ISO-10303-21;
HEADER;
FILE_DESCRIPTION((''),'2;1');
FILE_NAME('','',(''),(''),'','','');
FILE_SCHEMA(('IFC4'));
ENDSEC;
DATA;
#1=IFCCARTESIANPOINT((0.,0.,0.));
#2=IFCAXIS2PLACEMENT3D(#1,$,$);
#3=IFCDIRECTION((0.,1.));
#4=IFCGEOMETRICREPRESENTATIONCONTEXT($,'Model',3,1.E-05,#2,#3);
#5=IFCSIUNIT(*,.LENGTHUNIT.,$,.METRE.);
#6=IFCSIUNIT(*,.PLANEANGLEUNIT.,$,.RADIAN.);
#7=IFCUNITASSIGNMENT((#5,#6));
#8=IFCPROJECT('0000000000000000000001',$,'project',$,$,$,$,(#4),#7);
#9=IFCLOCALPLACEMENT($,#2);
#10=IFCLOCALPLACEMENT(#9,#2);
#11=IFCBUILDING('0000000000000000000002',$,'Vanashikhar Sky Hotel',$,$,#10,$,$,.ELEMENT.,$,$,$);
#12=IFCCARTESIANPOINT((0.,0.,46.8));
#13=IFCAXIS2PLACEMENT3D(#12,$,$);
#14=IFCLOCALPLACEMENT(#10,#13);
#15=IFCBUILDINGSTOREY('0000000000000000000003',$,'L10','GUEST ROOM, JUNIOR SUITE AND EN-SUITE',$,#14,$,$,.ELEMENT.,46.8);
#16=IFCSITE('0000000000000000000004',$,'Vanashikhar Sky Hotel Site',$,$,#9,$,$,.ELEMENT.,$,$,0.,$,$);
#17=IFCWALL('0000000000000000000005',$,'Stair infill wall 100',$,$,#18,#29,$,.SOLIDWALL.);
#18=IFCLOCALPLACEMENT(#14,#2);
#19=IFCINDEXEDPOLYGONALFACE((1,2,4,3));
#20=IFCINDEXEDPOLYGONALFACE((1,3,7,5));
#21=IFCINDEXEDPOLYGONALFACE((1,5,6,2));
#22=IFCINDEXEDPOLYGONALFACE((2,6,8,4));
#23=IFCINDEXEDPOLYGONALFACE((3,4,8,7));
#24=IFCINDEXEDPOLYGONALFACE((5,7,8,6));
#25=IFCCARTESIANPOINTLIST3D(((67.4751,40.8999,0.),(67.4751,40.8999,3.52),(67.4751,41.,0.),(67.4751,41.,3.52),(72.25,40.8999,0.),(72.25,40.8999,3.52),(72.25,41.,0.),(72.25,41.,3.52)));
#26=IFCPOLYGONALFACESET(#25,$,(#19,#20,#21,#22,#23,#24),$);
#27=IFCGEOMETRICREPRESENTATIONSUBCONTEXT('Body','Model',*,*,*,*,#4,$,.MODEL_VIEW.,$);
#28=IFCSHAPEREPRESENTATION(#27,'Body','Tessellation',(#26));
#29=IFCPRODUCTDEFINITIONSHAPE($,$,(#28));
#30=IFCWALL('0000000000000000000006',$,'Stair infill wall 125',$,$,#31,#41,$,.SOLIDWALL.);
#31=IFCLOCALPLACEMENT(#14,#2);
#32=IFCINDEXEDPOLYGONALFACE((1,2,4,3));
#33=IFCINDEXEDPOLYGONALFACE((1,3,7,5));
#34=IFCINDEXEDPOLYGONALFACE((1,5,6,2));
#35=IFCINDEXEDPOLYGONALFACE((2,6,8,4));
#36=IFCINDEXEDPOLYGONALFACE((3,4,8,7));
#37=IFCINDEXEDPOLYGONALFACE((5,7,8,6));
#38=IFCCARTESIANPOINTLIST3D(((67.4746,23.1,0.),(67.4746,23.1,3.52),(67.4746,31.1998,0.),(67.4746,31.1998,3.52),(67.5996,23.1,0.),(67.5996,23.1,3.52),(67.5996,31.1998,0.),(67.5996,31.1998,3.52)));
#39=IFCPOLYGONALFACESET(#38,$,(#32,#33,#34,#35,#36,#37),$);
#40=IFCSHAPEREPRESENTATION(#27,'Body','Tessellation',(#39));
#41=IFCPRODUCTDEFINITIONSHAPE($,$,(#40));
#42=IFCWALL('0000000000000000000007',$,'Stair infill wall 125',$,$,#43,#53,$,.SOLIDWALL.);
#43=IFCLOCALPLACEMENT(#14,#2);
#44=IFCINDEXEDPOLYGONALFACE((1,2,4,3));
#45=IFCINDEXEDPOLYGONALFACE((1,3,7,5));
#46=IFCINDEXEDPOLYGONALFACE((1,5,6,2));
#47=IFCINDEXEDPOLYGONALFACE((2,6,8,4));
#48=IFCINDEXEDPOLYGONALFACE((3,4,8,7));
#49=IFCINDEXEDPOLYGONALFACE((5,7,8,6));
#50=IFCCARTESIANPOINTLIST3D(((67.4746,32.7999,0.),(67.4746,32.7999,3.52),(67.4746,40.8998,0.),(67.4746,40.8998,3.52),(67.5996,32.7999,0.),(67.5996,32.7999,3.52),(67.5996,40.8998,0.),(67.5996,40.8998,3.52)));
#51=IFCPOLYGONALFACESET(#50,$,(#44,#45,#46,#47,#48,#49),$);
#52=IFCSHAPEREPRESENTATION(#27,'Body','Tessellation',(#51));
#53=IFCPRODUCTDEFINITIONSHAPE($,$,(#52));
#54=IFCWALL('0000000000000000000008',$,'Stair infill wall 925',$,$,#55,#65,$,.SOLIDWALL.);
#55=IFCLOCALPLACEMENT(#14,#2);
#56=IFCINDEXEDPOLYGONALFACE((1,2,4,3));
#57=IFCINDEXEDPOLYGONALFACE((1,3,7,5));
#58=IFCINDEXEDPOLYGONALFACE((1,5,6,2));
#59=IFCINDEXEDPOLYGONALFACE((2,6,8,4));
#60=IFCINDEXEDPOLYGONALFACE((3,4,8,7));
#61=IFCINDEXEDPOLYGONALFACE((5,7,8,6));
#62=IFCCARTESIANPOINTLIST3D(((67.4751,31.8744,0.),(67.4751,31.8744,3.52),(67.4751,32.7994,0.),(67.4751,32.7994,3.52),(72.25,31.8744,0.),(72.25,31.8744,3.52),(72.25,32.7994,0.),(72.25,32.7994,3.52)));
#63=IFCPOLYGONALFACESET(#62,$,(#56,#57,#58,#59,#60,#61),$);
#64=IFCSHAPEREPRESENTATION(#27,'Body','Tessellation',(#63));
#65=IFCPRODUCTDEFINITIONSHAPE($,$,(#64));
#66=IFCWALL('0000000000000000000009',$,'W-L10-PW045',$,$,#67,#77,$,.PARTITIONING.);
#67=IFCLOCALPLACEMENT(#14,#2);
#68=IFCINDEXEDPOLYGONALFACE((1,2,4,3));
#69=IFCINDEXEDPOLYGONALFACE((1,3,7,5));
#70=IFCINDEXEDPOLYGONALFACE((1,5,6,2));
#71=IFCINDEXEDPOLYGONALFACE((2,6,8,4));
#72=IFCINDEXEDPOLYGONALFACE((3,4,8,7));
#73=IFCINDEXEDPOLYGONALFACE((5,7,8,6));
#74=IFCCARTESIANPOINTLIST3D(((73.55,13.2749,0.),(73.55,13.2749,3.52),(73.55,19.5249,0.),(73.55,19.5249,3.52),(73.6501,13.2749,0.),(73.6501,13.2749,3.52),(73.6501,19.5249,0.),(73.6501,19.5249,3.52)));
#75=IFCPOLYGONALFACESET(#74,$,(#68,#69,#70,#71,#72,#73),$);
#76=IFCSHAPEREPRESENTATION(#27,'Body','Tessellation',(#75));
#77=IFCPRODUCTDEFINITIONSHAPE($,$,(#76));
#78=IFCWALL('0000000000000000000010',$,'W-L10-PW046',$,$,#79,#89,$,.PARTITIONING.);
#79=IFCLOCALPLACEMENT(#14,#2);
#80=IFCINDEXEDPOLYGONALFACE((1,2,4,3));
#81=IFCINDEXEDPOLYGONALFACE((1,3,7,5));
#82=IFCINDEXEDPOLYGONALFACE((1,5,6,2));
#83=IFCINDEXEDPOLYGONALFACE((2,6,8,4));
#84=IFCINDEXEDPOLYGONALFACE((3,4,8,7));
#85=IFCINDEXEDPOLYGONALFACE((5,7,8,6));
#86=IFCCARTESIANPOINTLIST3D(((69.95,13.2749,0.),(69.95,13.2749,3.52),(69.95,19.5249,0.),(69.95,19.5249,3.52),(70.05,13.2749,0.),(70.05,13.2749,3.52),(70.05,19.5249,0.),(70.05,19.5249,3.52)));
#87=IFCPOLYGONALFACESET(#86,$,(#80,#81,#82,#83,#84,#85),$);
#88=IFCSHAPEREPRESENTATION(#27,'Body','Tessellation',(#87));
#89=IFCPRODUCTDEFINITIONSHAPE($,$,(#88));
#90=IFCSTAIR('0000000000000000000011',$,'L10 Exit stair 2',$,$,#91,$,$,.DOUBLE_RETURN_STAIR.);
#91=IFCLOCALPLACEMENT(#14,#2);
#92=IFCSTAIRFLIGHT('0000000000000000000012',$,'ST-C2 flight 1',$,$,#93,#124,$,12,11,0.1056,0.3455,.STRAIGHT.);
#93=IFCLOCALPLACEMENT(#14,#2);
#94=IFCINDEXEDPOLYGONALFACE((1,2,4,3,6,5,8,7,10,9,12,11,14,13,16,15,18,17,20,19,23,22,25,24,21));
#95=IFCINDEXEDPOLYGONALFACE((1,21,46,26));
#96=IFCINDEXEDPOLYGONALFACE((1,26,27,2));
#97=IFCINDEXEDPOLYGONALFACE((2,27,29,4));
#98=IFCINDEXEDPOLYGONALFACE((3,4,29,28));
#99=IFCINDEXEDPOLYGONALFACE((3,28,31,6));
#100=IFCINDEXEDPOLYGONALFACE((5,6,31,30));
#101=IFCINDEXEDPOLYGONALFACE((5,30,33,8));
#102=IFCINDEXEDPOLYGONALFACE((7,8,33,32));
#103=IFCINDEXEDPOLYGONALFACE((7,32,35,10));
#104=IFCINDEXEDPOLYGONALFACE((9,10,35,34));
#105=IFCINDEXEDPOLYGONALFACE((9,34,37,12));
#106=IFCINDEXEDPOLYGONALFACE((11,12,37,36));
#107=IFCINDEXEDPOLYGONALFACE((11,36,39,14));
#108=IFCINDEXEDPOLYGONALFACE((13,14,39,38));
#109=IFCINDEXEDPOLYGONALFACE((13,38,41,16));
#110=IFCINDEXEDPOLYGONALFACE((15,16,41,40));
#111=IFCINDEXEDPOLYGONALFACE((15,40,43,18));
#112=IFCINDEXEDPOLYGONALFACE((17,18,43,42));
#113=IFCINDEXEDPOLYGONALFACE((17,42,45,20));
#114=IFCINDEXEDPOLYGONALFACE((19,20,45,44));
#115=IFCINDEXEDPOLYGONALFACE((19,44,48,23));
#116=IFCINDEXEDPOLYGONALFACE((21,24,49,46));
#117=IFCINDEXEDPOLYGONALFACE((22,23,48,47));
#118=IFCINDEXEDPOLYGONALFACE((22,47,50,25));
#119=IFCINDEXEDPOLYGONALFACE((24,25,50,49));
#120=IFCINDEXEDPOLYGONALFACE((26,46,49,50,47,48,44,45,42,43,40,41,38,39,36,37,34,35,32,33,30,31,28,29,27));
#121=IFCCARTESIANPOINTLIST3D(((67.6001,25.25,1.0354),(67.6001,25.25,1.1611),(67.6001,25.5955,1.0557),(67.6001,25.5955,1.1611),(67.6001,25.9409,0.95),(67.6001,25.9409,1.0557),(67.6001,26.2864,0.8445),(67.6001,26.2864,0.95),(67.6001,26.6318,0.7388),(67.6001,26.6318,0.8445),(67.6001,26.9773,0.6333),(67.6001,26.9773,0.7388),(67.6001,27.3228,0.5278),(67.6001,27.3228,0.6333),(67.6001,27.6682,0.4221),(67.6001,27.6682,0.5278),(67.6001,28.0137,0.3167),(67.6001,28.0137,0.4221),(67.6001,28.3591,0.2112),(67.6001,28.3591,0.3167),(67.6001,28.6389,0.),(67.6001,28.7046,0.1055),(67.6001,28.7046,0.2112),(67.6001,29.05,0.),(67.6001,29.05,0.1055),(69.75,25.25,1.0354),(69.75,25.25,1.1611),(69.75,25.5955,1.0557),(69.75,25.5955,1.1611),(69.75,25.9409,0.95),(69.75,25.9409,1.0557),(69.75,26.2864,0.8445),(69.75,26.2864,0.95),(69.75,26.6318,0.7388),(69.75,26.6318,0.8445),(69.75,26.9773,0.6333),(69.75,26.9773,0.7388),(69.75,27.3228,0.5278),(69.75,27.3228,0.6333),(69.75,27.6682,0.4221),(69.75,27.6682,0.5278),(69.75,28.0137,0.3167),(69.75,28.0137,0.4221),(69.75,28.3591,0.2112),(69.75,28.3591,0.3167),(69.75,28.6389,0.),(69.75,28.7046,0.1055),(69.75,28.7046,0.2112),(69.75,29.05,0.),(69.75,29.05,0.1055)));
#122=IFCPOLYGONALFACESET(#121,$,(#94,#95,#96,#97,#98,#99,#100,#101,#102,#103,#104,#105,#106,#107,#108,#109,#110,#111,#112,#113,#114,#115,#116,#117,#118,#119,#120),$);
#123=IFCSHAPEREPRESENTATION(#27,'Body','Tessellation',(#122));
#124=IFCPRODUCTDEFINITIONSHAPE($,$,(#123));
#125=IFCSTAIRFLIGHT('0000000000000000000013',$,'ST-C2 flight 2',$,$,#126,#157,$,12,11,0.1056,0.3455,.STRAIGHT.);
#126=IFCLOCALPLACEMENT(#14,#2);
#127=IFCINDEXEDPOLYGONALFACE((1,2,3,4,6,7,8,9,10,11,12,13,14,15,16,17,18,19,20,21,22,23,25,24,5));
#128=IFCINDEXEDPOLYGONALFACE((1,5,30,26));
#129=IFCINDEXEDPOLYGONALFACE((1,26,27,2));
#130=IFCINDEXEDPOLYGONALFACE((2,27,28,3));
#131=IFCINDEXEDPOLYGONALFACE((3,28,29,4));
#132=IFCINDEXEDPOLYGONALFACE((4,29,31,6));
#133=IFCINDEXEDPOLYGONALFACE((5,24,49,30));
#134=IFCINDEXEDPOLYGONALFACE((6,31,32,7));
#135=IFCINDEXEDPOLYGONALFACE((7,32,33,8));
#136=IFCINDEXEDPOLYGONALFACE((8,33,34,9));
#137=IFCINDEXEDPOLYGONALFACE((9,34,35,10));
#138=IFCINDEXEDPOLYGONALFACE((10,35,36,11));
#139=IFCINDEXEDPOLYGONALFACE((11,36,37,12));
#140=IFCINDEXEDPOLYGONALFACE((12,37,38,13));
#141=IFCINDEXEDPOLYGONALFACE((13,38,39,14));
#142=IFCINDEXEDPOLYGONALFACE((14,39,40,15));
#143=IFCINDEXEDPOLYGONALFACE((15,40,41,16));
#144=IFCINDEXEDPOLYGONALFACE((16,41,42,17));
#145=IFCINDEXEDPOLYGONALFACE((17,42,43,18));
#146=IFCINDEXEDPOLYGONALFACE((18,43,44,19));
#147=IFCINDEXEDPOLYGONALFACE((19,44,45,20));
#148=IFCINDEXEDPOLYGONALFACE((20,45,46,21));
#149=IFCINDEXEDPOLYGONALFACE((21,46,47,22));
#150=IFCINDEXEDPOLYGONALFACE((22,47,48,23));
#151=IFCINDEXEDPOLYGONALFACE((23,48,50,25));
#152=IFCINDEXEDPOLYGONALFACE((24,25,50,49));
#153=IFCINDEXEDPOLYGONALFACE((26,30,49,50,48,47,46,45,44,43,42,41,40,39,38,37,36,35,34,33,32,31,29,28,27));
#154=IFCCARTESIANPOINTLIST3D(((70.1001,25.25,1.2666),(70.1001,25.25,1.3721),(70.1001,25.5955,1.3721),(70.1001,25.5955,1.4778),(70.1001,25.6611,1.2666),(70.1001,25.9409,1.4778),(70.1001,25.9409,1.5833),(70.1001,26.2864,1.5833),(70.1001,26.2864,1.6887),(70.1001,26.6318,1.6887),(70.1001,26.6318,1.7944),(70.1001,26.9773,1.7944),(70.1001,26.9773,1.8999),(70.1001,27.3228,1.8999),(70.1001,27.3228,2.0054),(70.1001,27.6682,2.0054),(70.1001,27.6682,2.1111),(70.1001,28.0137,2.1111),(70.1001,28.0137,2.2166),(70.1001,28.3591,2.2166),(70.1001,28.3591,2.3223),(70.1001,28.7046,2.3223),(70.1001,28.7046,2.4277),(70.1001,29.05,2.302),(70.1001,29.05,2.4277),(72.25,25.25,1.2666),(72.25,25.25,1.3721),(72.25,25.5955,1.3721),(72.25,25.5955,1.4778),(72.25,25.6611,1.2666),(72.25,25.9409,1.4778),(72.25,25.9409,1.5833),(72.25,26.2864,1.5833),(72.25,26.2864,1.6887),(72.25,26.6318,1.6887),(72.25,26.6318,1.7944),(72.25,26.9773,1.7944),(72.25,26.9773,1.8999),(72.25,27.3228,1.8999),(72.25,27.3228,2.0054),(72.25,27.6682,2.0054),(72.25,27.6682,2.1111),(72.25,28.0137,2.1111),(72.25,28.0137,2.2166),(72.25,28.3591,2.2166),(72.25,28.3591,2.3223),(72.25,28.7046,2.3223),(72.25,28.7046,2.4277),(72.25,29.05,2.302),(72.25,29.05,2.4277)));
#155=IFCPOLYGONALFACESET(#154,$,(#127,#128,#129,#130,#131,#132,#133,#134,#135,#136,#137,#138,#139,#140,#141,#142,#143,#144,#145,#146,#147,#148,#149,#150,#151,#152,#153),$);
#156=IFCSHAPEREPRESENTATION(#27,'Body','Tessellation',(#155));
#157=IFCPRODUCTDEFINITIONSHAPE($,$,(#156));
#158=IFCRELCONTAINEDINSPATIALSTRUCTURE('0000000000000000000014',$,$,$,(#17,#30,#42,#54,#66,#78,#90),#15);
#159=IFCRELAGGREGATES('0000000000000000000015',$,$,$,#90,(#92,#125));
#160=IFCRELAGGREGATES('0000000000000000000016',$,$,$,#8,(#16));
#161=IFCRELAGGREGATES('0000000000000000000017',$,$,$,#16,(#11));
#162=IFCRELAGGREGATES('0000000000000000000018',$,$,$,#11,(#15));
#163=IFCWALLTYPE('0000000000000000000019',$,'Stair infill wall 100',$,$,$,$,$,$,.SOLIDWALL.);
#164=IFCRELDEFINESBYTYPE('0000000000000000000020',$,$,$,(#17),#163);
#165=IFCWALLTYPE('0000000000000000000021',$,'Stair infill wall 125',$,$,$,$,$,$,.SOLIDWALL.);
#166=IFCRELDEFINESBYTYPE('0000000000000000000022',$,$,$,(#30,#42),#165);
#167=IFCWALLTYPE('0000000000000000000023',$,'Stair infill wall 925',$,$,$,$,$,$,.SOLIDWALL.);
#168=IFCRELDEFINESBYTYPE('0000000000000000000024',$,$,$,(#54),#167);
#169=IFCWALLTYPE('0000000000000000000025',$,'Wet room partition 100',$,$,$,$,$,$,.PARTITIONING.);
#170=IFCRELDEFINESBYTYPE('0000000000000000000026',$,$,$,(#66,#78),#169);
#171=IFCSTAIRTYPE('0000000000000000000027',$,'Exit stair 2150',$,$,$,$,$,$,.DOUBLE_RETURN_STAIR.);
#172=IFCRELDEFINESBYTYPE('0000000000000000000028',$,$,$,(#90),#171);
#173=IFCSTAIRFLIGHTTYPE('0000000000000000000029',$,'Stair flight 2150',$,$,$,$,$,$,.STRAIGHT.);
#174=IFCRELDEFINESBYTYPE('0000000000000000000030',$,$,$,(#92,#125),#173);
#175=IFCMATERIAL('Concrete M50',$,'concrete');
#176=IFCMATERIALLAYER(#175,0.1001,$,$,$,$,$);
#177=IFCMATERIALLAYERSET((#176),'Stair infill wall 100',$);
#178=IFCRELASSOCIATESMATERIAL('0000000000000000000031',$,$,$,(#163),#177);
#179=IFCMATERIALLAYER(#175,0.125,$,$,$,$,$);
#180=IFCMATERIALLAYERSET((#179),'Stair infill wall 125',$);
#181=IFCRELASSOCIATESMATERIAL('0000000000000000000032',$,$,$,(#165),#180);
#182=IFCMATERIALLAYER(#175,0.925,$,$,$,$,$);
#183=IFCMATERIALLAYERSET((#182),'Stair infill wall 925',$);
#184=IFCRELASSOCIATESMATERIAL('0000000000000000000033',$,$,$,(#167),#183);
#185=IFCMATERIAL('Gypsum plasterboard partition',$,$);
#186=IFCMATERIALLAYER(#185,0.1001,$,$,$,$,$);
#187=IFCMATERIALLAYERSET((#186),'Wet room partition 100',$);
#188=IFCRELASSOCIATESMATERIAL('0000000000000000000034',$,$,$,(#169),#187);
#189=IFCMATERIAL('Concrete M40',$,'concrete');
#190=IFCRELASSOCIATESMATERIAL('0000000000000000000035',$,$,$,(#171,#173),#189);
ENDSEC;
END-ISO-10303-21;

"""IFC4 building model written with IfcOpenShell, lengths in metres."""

from ifc_helpers import new_model, si_unit, direction, frame, frame_2d, origin, place, context, subcontext, project, spatial, polyline, rectangle, outline, extrude, source, transform, mapped, material, layer, layer_set, type_object, element, aggregate, save


model = new_model("IFC4")

# Units and contexts
model_context = context("Model", 3, precision=1e-05, world=origin(), true_north=direction((0.0, 1.0)))
body_context = subcontext(model_context, "Body", "Model", "MODEL_VIEW")
ifc_project = project(units=[si_unit("LENGTHUNIT", "METRE"), si_unit("PLANEANGLEUNIT", "RADIAN")], contexts=[model_context])

# Site, building, storey
site_placement = place(None, origin())
site = spatial("IfcSite", under=ifc_project, at=site_placement, Name="Vanashikhar Sky Hotel Site", CompositionType="ELEMENT", RefElevation=0.0)
building_placement = place(site_placement, origin())
building = spatial("IfcBuilding", under=site, at=building_placement, Name="Vanashikhar Sky Hotel", CompositionType="ELEMENT")
storey_placement = place(building_placement, frame((0.0, 0.0, 46.8)))
storey = spatial("IfcBuildingStorey", under=building, at=storey_placement, Name="L10", Description="GUEST ROOM, JUNIOR SUITE AND EN-SUITE", CompositionType="ELEMENT", Elevation=46.8)

# Shared definitions
ifc_material_1 = material(Name="Concrete M40", Category="concrete")

# Shared definitions
ifc_material_2 = material(Name="Concrete M50", Category="concrete")

# Walls
ifc_layer_1 = layer(ifc_material_2, 0.1001)
ifc_layer_set_1 = layer_set([ifc_layer_1], Name="Stair infill wall 100")
wall_type_1 = type_object("IfcWallType", Name="Stair infill wall 100", PredefinedType="SOLIDWALL", material=ifc_layer_set_1)
shared_shape_1 = source(origin(), body_context, "Body", "SweptSolid", [
    extrude(rectangle(XDim=4.7749, YDim=0.1001, at=frame_2d((2.3875, 0.0))), origin(), (0.0, 0.0, 1.0), 3.52),
])
wall_1_placement = place(storey_placement, frame((67.4751, 40.95, 0.0), z_axis=(0.0, 0.0, 1.0), x_axis=(1.0, 0.0, 0.0)))
element("IfcWall", 1, at=wall_1_placement, inside=storey, type_object=wall_type_1, Name="Stair infill wall 100", PredefinedType="SOLIDWALL", context=body_context, shape_type="MappedRepresentation", body=[
    mapped(shared_shape_1, transform((0.0, 0.0, 0.0), scale=1.0)),
])
ifc_layer_2 = layer(ifc_material_2, 0.125)
ifc_layer_set_2 = layer_set([ifc_layer_2], Name="Stair infill wall 125")
wall_type_2 = type_object("IfcWallType", Name="Stair infill wall 125", PredefinedType="SOLIDWALL", material=ifc_layer_set_2)
shared_shape_2 = source(origin(), body_context, "Body", "SweptSolid", [
    extrude(rectangle(XDim=8.0999, YDim=0.125, at=frame_2d((4.0498, 0.0))), origin(), (0.0, 0.0, 1.0), 3.52),
])
for number, where, z_axis, x_axis, name in (
    (2, (67.5371, 23.1001, 0.0), (0.0, 0.0, 1.0), (0.0, 1.0, 0.0), "Stair infill wall 125"),
    (3, (67.5371, 32.8, 0.0), (0.0, 0.0, 1.0), (0.0, 1.0, 0.0), "Stair infill wall 125"),
):
    element("IfcWall", number, at=place(storey_placement, frame(where, z_axis=z_axis, x_axis=x_axis)), inside=storey, type_object=wall_type_2, Name=name, PredefinedType="SOLIDWALL", context=body_context, shape_type="MappedRepresentation", body=[
        mapped(shared_shape_2, transform((0.0, 0.0, 0.0), scale=1.0)),
    ])
ifc_layer_3 = layer(ifc_material_2, 0.925)
ifc_layer_set_3 = layer_set([ifc_layer_3], Name="Stair infill wall 925")
wall_type_3 = type_object("IfcWallType", Name="Stair infill wall 925", PredefinedType="SOLIDWALL", material=ifc_layer_set_3)
shared_shape_3 = source(origin(), body_context, "Body", "SweptSolid", [
    extrude(rectangle(XDim=4.7749, YDim=0.925, at=frame_2d((2.3875, 0.0))), origin(), (0.0, 0.0, 1.0), 3.52),
])
wall_2_placement = place(storey_placement, frame((67.4751, 32.3369, 0.0), z_axis=(0.0, 0.0, 1.0), x_axis=(1.0, 0.0, 0.0)))
element("IfcWall", 4, at=wall_2_placement, inside=storey, type_object=wall_type_3, Name="Stair infill wall 925", PredefinedType="SOLIDWALL", context=body_context, shape_type="MappedRepresentation", body=[
    mapped(shared_shape_3, transform((0.0, 0.0, 0.0), scale=1.0)),
])
ifc_material_3 = material(Name="Gypsum plasterboard partition")
ifc_layer_4 = layer(ifc_material_3, 0.1001)
ifc_layer_set_4 = layer_set([ifc_layer_4], Name="Wet room partition 100")
wall_type_4 = type_object("IfcWallType", Name="Wet room partition 100", PredefinedType="PARTITIONING", material=ifc_layer_set_4)
shared_shape_4 = source(origin(), body_context, "Body", "SweptSolid", [
    extrude(rectangle(XDim=6.25, YDim=0.1001, at=frame_2d((3.125, 0.0))), origin(), (0.0, 0.0, 1.0), 3.52),
])
for number, where, z_axis, x_axis, name in (
    (5, (73.6001, 13.2749, 0.0), (0.0, 0.0, 1.0), (0.0, 1.0, 0.0), "W-L10-PW045"),
    (6, (70.0, 13.2749, 0.0), (0.0, 0.0, 1.0), (0.0, 1.0, 0.0), "W-L10-PW046"),
):
    element("IfcWall", number, at=place(storey_placement, frame(where, z_axis=z_axis, x_axis=x_axis)), inside=storey, type_object=wall_type_4, Name=name, PredefinedType="PARTITIONING", context=body_context, shape_type="MappedRepresentation", body=[
        mapped(shared_shape_4, transform((0.0, 0.0, 0.0), scale=1.0)),
    ])

# Stair, stair flights
stair_type = type_object("IfcStairType", Name="Exit stair 2150", PredefinedType="DOUBLE_RETURN_STAIR", material=ifc_material_1)
stair_1_placement = place(storey_placement, origin())
stair_1 = element("IfcStair", 7, at=stair_1_placement, inside=storey, type_object=stair_type, Name="L10 Exit stair 2", PredefinedType="DOUBLE_RETURN_STAIR")
stair_flight_type = type_object("IfcStairFlightType", Name="Stair flight 2150", PredefinedType="STRAIGHT", material=ifc_material_1)
shared_shape_5 = source(origin(), body_context, "Body", "SweptSolid", [
    extrude(outline(polyline([(0.0, 0.0), (0.0, 0.1055), (0.3455, 0.1055), (0.3455, 0.2112), (0.6909, 0.2112), (0.6909, 0.3167), (1.0364, 0.3167), (1.0364, 0.4221), (1.3818, 0.4221), (1.3818, 0.5278), (1.7273, 0.5278), (1.7273, 0.6333), (2.0728, 0.6333), (2.0728, 0.7388), (2.4182, 0.7388), (2.4182, 0.8445), (2.7637, 0.8445), (2.7637, 0.95), (3.1091, 0.95), (3.1091, 1.0557), (3.4546, 1.0557), (3.4546, 1.1611), (3.8, 1.1611), (3.8, 1.2666), (3.8, 1.0354), (0.4111, 0.0), (0.0, 0.0)])), frame((0.0, 1.075, 0.0), z_axis=(0.0, -1.0, 0.0), x_axis=(1.0, 0.0, 0.0)), (0.0, 0.0, 1.0), 2.1499),
])
stair_flight_1_placement = place(storey_placement, frame((68.675, 29.05, 0.0), z_axis=(0.0, 0.0, 1.0), x_axis=(0.0, -1.0, 0.0)))
stair_flight_1 = element("IfcStairFlight", 8, at=stair_flight_1_placement, type_object=stair_flight_type, Name="ST-C2 flight 1", NumberOfRisers=12, NumberOfTreads=11, PredefinedType="STRAIGHT", RiserHeight=0.1056, TreadLength=0.3455, context=body_context, shape_type="MappedRepresentation", body=[
    mapped(shared_shape_5, transform((0.0, 0.0, 0.0), scale=1.0)),
])
stair_flight_2_placement = place(storey_placement, frame((71.175, 25.25, 1.2666), z_axis=(0.0, 0.0, 1.0), x_axis=(0.0, 1.0, 0.0)))
stair_flight_2 = element("IfcStairFlight", 9, at=stair_flight_2_placement, type_object=stair_flight_type, Name="ST-C2 flight 2", NumberOfRisers=12, NumberOfTreads=11, PredefinedType="STRAIGHT", RiserHeight=0.1056, TreadLength=0.3455, context=body_context, shape_type="MappedRepresentation", body=[
    mapped(shared_shape_5, transform((0.0, 0.0, 0.0), scale=1.0)),
])
aggregate(stair_1, [stair_flight_1, stair_flight_2])

save(model, "model.ifc")
